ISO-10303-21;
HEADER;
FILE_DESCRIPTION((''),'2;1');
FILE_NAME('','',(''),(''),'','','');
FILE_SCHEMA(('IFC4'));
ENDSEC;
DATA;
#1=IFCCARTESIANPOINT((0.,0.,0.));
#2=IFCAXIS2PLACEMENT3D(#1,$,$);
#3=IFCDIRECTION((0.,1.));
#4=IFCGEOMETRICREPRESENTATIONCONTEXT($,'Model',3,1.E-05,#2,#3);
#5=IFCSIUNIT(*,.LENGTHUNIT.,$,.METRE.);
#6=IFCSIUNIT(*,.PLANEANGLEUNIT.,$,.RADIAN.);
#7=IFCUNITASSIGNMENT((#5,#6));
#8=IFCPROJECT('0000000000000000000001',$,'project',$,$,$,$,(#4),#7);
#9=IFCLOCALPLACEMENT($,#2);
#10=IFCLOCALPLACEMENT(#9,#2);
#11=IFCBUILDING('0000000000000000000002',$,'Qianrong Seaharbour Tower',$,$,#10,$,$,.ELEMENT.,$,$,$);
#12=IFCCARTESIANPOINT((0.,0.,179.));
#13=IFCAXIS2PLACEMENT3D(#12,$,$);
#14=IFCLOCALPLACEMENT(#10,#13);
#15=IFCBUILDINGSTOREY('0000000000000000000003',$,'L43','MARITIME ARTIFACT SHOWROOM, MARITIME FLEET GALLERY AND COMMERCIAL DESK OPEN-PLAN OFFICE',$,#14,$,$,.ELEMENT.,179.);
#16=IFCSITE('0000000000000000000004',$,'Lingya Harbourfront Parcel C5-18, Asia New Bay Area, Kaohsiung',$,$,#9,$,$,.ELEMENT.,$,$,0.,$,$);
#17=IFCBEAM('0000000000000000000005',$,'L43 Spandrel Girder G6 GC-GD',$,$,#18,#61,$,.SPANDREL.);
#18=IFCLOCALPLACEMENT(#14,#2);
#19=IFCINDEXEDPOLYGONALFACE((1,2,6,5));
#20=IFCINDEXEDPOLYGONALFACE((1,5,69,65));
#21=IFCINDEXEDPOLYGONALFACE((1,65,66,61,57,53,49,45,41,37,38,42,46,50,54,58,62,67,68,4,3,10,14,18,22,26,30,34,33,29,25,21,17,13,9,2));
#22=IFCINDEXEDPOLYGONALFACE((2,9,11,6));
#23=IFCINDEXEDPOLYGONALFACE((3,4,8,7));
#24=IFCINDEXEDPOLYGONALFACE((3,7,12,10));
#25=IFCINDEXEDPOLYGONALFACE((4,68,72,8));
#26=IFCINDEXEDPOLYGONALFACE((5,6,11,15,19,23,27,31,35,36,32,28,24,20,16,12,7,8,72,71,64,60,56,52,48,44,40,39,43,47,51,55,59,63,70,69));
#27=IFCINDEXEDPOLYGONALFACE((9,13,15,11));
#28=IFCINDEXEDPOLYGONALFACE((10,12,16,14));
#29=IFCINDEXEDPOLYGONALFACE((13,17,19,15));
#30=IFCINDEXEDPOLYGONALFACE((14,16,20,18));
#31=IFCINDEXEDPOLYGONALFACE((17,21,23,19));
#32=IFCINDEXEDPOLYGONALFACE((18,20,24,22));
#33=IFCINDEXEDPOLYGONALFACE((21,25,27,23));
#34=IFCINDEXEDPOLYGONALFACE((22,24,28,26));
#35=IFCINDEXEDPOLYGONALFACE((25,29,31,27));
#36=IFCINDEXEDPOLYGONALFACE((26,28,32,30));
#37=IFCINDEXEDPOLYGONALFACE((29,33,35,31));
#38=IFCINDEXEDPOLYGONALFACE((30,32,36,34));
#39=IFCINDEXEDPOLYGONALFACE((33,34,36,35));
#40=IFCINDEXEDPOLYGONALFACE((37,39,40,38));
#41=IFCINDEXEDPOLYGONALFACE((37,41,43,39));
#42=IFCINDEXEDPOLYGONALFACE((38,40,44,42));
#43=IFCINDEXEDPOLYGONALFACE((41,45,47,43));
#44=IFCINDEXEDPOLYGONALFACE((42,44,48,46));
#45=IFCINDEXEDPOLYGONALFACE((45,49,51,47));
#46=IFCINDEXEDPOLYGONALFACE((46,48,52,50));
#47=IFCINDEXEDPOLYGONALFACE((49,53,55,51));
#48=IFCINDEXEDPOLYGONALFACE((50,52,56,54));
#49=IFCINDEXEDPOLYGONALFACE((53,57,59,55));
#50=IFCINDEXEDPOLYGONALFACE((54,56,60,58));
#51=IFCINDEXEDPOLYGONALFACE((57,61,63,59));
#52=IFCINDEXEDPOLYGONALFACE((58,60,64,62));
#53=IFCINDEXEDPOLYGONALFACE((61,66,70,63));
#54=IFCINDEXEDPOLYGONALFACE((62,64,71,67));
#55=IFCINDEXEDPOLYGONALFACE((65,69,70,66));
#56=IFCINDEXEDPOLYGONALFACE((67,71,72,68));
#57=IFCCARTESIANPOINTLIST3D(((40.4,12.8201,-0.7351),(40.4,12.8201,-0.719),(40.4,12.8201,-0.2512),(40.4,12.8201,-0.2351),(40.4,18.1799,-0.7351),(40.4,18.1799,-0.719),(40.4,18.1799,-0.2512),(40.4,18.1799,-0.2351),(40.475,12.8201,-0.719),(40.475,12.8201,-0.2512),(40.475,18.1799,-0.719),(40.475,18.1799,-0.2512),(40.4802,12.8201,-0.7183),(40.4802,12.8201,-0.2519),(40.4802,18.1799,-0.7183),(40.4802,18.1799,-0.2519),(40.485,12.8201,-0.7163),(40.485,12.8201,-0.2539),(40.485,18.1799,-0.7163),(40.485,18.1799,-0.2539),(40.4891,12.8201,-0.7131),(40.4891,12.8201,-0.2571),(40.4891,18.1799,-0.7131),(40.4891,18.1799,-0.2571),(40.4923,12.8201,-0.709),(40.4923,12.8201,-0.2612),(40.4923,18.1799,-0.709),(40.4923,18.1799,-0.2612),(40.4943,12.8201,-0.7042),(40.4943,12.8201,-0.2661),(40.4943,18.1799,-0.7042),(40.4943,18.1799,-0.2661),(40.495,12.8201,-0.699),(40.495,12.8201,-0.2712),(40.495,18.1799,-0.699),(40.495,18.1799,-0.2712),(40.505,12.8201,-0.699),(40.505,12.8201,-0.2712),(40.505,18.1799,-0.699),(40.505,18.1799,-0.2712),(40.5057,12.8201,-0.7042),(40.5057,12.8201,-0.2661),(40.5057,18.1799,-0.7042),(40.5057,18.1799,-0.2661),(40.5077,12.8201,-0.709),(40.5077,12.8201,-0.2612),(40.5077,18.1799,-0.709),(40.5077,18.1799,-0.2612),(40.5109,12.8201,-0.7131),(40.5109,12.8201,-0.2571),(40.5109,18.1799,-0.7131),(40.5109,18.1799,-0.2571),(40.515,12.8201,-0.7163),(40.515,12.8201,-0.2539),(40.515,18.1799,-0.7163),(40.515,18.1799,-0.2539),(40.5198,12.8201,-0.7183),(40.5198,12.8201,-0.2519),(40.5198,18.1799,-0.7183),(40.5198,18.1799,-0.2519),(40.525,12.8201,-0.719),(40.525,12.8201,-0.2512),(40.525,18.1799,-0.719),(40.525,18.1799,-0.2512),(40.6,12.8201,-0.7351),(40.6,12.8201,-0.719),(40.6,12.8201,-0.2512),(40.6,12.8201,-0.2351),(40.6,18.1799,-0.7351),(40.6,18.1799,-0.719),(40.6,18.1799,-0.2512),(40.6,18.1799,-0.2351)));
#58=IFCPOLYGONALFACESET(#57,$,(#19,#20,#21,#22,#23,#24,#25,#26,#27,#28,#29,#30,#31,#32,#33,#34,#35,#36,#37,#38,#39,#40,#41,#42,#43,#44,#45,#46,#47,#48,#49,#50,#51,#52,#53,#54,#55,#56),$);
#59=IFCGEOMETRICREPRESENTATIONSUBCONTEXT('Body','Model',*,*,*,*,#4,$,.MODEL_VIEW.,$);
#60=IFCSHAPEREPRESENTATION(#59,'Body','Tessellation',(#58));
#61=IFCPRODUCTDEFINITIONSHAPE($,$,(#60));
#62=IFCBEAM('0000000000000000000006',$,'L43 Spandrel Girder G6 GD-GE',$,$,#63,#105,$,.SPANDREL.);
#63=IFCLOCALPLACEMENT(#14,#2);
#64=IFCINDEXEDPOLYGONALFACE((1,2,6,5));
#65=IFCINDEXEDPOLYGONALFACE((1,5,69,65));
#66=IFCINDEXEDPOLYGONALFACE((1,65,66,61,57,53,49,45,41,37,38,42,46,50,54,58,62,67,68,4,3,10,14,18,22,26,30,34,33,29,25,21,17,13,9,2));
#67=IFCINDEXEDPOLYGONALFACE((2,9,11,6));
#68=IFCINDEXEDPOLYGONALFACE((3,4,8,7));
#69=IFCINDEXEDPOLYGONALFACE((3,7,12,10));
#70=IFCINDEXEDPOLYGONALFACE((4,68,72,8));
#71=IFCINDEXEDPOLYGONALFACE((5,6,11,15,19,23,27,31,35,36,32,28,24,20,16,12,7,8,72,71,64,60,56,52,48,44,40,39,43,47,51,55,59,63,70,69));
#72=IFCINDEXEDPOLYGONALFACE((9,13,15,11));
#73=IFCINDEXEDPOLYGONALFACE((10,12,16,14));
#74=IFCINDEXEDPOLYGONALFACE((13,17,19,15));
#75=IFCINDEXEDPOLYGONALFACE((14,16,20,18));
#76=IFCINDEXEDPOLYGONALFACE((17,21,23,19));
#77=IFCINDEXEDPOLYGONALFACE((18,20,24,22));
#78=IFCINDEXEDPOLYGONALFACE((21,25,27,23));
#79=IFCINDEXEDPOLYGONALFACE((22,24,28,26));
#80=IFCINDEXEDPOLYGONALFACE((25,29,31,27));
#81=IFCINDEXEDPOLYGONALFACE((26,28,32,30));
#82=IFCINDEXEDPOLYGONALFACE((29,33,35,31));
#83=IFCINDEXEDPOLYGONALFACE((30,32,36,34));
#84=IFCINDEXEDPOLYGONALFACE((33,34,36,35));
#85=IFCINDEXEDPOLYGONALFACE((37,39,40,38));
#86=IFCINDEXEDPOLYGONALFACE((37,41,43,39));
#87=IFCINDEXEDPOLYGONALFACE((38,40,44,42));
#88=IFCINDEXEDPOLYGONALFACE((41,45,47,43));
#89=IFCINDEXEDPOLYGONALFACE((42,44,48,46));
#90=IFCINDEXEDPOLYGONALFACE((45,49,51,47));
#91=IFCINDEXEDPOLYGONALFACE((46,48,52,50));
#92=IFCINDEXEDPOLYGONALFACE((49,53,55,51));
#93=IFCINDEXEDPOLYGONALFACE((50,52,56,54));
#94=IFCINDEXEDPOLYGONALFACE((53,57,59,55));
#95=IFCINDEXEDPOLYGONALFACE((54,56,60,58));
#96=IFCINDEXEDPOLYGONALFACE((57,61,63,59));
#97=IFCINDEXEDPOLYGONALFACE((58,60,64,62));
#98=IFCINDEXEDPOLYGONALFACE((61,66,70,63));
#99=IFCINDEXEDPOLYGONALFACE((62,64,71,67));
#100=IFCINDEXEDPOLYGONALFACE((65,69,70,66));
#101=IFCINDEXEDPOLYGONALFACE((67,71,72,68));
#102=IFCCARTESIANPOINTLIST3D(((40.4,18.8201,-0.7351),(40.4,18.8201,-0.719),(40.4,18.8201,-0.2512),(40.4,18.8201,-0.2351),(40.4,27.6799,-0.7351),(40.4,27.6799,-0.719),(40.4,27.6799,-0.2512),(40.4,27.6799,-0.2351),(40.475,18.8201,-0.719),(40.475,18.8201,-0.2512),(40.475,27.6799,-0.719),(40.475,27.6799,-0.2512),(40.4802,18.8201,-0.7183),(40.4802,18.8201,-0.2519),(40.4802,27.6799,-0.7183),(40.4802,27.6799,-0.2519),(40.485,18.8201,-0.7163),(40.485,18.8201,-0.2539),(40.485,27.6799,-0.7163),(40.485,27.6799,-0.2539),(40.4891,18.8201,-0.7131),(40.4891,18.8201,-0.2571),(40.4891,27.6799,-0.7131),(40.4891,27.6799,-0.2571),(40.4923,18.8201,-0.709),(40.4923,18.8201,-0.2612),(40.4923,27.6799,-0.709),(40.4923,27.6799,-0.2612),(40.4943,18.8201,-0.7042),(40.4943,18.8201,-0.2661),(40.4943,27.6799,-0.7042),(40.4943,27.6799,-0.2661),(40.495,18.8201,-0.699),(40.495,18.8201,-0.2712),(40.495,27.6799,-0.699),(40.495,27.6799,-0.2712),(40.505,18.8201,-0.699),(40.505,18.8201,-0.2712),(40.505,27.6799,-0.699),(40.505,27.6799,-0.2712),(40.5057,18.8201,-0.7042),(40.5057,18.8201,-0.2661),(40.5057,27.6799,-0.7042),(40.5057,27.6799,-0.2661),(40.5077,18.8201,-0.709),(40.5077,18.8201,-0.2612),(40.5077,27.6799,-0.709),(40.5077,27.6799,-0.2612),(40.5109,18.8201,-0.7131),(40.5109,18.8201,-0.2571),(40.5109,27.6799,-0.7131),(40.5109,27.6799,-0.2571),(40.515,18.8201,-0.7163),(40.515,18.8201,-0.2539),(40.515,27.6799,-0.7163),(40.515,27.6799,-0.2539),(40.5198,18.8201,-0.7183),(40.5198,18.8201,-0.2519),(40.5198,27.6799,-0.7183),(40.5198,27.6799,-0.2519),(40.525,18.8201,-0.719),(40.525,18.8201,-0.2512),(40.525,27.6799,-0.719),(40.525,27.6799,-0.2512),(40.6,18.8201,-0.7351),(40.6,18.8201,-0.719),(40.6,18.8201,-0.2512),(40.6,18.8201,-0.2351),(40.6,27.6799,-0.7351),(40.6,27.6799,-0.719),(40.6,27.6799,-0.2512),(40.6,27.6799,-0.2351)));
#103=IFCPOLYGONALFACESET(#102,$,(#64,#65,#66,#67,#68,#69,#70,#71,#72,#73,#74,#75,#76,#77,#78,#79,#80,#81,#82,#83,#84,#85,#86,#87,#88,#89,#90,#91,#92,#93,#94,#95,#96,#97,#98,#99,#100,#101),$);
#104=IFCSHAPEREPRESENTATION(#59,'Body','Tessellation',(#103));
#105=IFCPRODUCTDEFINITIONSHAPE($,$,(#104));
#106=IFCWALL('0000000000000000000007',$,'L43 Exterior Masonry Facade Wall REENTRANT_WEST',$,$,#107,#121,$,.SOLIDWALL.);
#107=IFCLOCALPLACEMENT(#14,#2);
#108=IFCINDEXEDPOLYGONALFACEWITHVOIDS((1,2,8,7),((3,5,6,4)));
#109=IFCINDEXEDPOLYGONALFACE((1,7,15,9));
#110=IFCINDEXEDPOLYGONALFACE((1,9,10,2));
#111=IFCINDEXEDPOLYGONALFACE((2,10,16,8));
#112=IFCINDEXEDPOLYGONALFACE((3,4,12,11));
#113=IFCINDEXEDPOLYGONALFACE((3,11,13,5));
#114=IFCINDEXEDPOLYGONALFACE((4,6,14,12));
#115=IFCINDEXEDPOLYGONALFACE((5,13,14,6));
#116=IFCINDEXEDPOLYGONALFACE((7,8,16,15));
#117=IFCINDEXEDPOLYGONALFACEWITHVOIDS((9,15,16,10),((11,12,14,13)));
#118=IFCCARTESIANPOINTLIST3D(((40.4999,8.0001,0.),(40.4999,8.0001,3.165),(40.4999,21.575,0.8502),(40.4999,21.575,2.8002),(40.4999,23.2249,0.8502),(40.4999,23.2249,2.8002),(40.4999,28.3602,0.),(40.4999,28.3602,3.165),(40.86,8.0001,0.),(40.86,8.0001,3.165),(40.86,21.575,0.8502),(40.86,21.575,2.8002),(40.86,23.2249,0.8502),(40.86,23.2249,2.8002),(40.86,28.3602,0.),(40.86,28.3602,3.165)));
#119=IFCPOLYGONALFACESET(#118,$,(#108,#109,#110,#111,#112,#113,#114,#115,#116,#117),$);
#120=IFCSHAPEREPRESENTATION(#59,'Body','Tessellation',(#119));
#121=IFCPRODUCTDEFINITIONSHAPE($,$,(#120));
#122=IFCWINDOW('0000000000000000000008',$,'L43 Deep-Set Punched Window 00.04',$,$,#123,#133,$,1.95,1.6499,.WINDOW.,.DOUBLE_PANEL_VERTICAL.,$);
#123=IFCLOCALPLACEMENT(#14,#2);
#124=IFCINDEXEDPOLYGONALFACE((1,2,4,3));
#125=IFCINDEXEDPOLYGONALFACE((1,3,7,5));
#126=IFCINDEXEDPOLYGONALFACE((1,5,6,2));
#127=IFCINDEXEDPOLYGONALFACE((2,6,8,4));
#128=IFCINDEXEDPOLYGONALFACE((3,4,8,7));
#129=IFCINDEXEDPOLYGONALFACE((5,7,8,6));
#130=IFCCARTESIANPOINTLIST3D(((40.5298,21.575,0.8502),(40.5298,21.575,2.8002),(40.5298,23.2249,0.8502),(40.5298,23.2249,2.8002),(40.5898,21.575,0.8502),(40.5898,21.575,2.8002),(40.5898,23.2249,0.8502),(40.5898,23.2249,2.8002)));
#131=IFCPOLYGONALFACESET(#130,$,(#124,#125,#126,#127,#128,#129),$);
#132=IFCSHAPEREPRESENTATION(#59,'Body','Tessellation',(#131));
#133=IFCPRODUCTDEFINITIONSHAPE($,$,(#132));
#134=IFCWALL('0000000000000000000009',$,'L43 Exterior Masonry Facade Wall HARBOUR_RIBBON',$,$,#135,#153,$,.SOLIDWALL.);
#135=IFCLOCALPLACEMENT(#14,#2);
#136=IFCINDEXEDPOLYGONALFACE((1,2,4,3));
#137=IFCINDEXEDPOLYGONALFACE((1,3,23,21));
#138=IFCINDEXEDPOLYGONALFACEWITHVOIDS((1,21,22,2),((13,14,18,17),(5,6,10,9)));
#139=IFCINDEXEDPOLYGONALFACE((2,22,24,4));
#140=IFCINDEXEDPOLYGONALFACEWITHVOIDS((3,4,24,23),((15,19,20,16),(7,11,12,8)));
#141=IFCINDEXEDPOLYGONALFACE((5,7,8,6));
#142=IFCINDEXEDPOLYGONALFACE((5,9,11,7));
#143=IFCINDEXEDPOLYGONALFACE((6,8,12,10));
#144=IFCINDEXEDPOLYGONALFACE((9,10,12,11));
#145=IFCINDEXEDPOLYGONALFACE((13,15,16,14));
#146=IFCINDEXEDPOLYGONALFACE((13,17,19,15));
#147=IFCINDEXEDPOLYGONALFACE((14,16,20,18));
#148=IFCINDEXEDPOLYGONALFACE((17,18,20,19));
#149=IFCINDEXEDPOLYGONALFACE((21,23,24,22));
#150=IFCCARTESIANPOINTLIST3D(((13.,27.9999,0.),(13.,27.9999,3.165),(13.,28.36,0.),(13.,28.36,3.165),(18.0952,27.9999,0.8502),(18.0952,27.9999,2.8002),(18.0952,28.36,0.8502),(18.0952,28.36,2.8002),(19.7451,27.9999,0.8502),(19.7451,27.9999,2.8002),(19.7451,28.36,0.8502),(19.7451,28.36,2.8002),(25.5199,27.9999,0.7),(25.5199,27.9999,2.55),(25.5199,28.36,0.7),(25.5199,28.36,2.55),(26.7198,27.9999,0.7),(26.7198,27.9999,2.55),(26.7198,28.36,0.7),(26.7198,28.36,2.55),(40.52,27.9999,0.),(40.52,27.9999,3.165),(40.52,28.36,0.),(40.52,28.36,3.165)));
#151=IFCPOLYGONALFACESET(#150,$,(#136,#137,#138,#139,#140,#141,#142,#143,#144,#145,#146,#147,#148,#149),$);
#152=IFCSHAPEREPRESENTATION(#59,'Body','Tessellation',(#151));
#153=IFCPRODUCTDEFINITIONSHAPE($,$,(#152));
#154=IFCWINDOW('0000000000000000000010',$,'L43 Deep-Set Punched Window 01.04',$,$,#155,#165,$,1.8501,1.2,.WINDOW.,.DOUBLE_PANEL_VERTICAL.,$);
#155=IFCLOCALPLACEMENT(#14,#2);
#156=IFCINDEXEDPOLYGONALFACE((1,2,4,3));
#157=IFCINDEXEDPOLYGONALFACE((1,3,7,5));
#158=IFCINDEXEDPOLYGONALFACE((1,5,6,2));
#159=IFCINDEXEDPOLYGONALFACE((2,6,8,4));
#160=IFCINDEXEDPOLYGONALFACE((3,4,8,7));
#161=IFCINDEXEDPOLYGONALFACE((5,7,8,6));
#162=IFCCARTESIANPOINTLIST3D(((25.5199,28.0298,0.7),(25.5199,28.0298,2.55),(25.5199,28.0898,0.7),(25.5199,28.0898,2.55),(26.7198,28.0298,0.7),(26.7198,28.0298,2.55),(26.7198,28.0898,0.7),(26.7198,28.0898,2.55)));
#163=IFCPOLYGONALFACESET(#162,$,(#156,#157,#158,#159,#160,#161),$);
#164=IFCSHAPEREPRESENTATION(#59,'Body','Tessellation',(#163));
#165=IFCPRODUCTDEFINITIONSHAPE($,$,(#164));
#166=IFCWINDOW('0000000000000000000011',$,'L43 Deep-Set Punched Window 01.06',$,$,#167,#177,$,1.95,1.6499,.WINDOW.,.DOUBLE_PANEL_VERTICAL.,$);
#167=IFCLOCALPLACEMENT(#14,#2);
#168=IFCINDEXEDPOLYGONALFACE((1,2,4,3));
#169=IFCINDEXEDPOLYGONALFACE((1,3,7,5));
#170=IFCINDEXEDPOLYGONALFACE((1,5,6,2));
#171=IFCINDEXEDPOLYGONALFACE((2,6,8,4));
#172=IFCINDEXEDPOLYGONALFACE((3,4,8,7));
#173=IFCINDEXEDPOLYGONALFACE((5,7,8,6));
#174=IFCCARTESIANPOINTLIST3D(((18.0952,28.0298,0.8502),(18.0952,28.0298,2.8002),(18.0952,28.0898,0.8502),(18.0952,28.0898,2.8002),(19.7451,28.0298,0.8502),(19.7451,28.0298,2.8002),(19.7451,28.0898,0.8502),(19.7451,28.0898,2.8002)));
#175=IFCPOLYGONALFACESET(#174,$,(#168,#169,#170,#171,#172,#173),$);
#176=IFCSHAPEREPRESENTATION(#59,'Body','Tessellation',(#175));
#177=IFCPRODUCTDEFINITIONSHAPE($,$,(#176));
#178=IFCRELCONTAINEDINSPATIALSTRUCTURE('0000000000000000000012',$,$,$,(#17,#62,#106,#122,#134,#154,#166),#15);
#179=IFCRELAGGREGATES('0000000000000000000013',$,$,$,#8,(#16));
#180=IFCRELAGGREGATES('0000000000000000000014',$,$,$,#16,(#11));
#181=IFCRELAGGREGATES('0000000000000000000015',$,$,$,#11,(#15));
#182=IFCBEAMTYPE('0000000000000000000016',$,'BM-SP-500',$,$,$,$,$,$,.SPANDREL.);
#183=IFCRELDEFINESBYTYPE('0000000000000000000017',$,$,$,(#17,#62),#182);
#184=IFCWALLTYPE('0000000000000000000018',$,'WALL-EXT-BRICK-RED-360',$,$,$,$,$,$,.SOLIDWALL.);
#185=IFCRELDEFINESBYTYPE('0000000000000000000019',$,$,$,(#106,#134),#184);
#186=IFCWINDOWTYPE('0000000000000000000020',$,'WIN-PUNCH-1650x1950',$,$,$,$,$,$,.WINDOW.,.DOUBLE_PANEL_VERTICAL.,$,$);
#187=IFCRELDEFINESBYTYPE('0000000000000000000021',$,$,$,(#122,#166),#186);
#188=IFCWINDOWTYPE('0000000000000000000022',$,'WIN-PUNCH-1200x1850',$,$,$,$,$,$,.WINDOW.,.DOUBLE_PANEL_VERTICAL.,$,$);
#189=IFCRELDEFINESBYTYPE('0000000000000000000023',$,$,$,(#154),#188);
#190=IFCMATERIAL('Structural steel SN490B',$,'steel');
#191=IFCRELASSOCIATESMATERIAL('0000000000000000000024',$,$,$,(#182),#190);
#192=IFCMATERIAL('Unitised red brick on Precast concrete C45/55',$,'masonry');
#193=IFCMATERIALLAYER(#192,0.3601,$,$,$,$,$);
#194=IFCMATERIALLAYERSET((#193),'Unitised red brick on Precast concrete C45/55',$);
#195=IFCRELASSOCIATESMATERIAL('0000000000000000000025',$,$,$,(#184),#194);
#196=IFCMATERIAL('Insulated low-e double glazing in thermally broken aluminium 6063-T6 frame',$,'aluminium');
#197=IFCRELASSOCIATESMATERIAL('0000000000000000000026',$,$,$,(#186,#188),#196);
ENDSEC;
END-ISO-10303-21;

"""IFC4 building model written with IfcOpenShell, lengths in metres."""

from ifc_helpers import new_model, si_unit, direction, frame, frame_2d, origin, origin_2d, place, context, subcontext, project, spatial, rectangle, i_section, extrude, material, layer, layer_set, material_profile, profile_set, type_object, element, fill, save


model = new_model("IFC4")

# Units and contexts
model_context = context("Model", 3, precision=1e-05, world=origin(), true_north=direction((0.0, 1.0)))
body_context = subcontext(model_context, "Body", "Model", "MODEL_VIEW")
ifc_project = project(units=[si_unit("LENGTHUNIT", "METRE"), si_unit("PLANEANGLEUNIT", "RADIAN")], contexts=[model_context])

# Site, building, storey
site_placement = place(None, origin())
site = spatial("IfcSite", under=ifc_project, at=site_placement, Name="Lingya Harbourfront Parcel C5-18, Asia New Bay Area, Kaohsiung", CompositionType="ELEMENT", RefElevation=0.0)
building_placement = place(site_placement, origin())
building = spatial("IfcBuilding", under=site, at=building_placement, Name="Qianrong Seaharbour Tower", CompositionType="ELEMENT")
storey_placement = place(building_placement, frame((0.0, 0.0, 179.0)))
storey = spatial("IfcBuildingStorey", under=building, at=storey_placement, Name="L43", Description="MARITIME ARTIFACT SHOWROOM, MARITIME FLEET GALLERY AND COMMERCIAL DESK OPEN-PLAN OFFICE", CompositionType="ELEMENT", Elevation=179.0)

# Shared definitions
ifc_material_1 = material(Name="Structural steel SN490B", Category="steel")

# Beams
ifc_material_profile_1 = material_profile(ifc_material_1, i_section(OverallWidth=0.2, OverallDepth=0.5, WebThickness=0.01, FlangeThickness=0.0161, FilletRadius=0.02, at=origin_2d()), Name="H500x200x10x16")
ifc_profile_set_1 = profile_set([ifc_material_profile_1], Name="Structural steel SN490B")
beam_type_1 = type_object("IfcBeamType", Name="BM-SP-500", PredefinedType="SPANDREL", material=ifc_profile_set_1)
beam_1_placement = place(storey_placement, frame((40.5, 12.8201, -0.4851), z_axis=(0.0, 1.0, 0.0), x_axis=(-1.0, 0.0, 0.0)))
element("IfcBeam", 1, at=beam_1_placement, inside=storey, type_object=beam_type_1, Name="L43 Spandrel Girder G6 GC-GD", PredefinedType="SPANDREL", context=body_context, shape_type="SweptSolid", body=[
    extrude(i_section(OverallWidth=0.2, OverallDepth=0.5, WebThickness=0.01, FlangeThickness=0.0161, FilletRadius=0.02, at=origin_2d()), origin(), (0.0, 0.0, 1.0), 5.3599),
])
beam_2_placement = place(storey_placement, frame((40.5, 18.8201, -0.4851), z_axis=(0.0, 1.0, 0.0), x_axis=(-1.0, 0.0, 0.0)))
element("IfcBeam", 2, at=beam_2_placement, inside=storey, type_object=beam_type_1, Name="L43 Spandrel Girder G6 GD-GE", PredefinedType="SPANDREL", context=body_context, shape_type="SweptSolid", body=[
    extrude(i_section(OverallWidth=0.2, OverallDepth=0.5, WebThickness=0.01, FlangeThickness=0.0161, FilletRadius=0.02, at=origin_2d()), origin(), (0.0, 0.0, 1.0), 8.8599),
])

# Wall, opening, window
ifc_material_2 = material(Name="Unitised red brick on Precast concrete C45/55", Category="masonry")
ifc_layer = layer(ifc_material_2, 0.3601)
ifc_layer_set = layer_set([ifc_layer], Name="Unitised red brick on Precast concrete C45/55")
wall_type = type_object("IfcWallType", Name="WALL-EXT-BRICK-RED-360", PredefinedType="SOLIDWALL", material=ifc_layer_set)
wall_1_placement = place(storey_placement, frame((40.6799, 8.0, 0.0), z_axis=(0.0, 0.0, 1.0), x_axis=(0.0, 1.0, 0.0)))
wall_1 = element("IfcWall", 3, at=wall_1_placement, inside=storey, type_object=wall_type, Name="L43 Exterior Masonry Facade Wall REENTRANT_WEST", PredefinedType="SOLIDWALL", context=body_context, shape_type="SweptSolid", body=[
    extrude(rectangle(XDim=20.3601, YDim=0.3601, at=frame_2d((10.1802, 0.0))), origin(), (0.0, 0.0, 1.0), 3.165),
])
opening_1_placement = place(wall_1_placement, frame((13.575, 0.0, 0.8501)))
opening_1 = element("IfcOpeningElement", 4, at=opening_1_placement, cuts=wall_1, PredefinedType="OPENING", context=body_context, shape_type="SweptSolid", body=[
    extrude(rectangle(XDim=1.6499, YDim=1.95, at=frame_2d((0.825, 0.9751))), frame((0.0, 0.1899, 0.0), z_axis=(0.0, -1.0, 0.0), x_axis=(1.0, 0.0, 0.0)), (0.0, 0.0, 1.0), 0.3801),
])
ifc_material_3 = material(Name="Insulated low-e double glazing in thermally broken aluminium 6063-T6 frame", Category="aluminium")
window_type_1 = type_object("IfcWindowType", Name="WIN-PUNCH-1650x1950", PartitioningType="DOUBLE_PANEL_VERTICAL", PredefinedType="WINDOW", material=ifc_material_3)
window_1_placement = place(opening_1_placement, origin())
window_1 = element("IfcWindow", 5, at=window_1_placement, inside=storey, type_object=window_type_1, Name="L43 Deep-Set Punched Window 00.04", OverallHeight=1.95, OverallWidth=1.6499, PartitioningType="DOUBLE_PANEL_VERTICAL", PredefinedType="WINDOW", context=body_context, shape_type="SweptSolid", body=[
    extrude(rectangle(XDim=1.6499, YDim=1.95, at=frame_2d((0.825, 0.9751))), frame((0.0, 0.1501, 0.0), z_axis=(0.0, -1.0, 0.0), x_axis=(1.0, 0.0, 0.0)), (0.0, 0.0, 1.0), 0.0601),
])
fill(opening_1, window_1)

# Wall, openings, windows
wall_2_placement = place(storey_placement, frame((40.52, 28.1799, 0.0), z_axis=(0.0, 0.0, 1.0), x_axis=(-1.0, 0.0, 0.0)))
wall_2 = element("IfcWall", 6, at=wall_2_placement, inside=storey, type_object=wall_type, Name="L43 Exterior Masonry Facade Wall HARBOUR_RIBBON", PredefinedType="SOLIDWALL", context=body_context, shape_type="SweptSolid", body=[
    extrude(rectangle(XDim=27.52, YDim=0.3601, at=frame_2d((13.76, 0.0))), origin(), (0.0, 0.0, 1.0), 3.165),
])
opening_2_placement = place(wall_2_placement, frame((13.8, 0.0, 0.7)))
opening_2 = element("IfcOpeningElement", 7, at=opening_2_placement, cuts=wall_2, PredefinedType="OPENING", context=body_context, shape_type="SweptSolid", body=[
    extrude(rectangle(XDim=1.2, YDim=1.8501, at=frame_2d((0.6001, 0.925))), frame((0.0, 0.1899, 0.0), z_axis=(0.0, -1.0, 0.0), x_axis=(1.0, 0.0, 0.0)), (0.0, 0.0, 1.0), 0.3801),
])
opening_3_placement = place(wall_2_placement, frame((20.7749, 0.0, 0.8501)))
opening_3 = element("IfcOpeningElement", 8, at=opening_3_placement, cuts=wall_2, PredefinedType="OPENING", context=body_context, shape_type="SweptSolid", body=[
    extrude(rectangle(XDim=1.6499, YDim=1.95, at=frame_2d((0.825, 0.9751))), frame((0.0, 0.1899, 0.0), z_axis=(0.0, -1.0, 0.0), x_axis=(1.0, 0.0, 0.0)), (0.0, 0.0, 1.0), 0.3801),
])
window_type_2 = type_object("IfcWindowType", Name="WIN-PUNCH-1200x1850", PartitioningType="DOUBLE_PANEL_VERTICAL", PredefinedType="WINDOW", material=ifc_material_3)
window_2_placement = place(opening_2_placement, origin())
window_2 = element("IfcWindow", 9, at=window_2_placement, inside=storey, type_object=window_type_2, Name="L43 Deep-Set Punched Window 01.04", OverallHeight=1.8501, OverallWidth=1.2, PartitioningType="DOUBLE_PANEL_VERTICAL", PredefinedType="WINDOW", context=body_context, shape_type="SweptSolid", body=[
    extrude(rectangle(XDim=1.2, YDim=1.8501, at=frame_2d((0.6001, 0.925))), frame((0.0, 0.1501, 0.0), z_axis=(0.0, -1.0, 0.0), x_axis=(1.0, 0.0, 0.0)), (0.0, 0.0, 1.0), 0.0601),
])
fill(opening_2, window_2)
window_3_placement = place(opening_3_placement, origin())
window_3 = element("IfcWindow", 10, at=window_3_placement, inside=storey, type_object=window_type_1, Name="L43 Deep-Set Punched Window 01.06", OverallHeight=1.95, OverallWidth=1.6499, PartitioningType="DOUBLE_PANEL_VERTICAL", PredefinedType="WINDOW", context=body_context, shape_type="SweptSolid", body=[
    extrude(rectangle(XDim=1.6499, YDim=1.95, at=frame_2d((0.825, 0.9751))), frame((0.0, 0.1501, 0.0), z_axis=(0.0, -1.0, 0.0), x_axis=(1.0, 0.0, 0.0)), (0.0, 0.0, 1.0), 0.0601),
])
fill(opening_3, window_3)

save(model, "model.ifc")
